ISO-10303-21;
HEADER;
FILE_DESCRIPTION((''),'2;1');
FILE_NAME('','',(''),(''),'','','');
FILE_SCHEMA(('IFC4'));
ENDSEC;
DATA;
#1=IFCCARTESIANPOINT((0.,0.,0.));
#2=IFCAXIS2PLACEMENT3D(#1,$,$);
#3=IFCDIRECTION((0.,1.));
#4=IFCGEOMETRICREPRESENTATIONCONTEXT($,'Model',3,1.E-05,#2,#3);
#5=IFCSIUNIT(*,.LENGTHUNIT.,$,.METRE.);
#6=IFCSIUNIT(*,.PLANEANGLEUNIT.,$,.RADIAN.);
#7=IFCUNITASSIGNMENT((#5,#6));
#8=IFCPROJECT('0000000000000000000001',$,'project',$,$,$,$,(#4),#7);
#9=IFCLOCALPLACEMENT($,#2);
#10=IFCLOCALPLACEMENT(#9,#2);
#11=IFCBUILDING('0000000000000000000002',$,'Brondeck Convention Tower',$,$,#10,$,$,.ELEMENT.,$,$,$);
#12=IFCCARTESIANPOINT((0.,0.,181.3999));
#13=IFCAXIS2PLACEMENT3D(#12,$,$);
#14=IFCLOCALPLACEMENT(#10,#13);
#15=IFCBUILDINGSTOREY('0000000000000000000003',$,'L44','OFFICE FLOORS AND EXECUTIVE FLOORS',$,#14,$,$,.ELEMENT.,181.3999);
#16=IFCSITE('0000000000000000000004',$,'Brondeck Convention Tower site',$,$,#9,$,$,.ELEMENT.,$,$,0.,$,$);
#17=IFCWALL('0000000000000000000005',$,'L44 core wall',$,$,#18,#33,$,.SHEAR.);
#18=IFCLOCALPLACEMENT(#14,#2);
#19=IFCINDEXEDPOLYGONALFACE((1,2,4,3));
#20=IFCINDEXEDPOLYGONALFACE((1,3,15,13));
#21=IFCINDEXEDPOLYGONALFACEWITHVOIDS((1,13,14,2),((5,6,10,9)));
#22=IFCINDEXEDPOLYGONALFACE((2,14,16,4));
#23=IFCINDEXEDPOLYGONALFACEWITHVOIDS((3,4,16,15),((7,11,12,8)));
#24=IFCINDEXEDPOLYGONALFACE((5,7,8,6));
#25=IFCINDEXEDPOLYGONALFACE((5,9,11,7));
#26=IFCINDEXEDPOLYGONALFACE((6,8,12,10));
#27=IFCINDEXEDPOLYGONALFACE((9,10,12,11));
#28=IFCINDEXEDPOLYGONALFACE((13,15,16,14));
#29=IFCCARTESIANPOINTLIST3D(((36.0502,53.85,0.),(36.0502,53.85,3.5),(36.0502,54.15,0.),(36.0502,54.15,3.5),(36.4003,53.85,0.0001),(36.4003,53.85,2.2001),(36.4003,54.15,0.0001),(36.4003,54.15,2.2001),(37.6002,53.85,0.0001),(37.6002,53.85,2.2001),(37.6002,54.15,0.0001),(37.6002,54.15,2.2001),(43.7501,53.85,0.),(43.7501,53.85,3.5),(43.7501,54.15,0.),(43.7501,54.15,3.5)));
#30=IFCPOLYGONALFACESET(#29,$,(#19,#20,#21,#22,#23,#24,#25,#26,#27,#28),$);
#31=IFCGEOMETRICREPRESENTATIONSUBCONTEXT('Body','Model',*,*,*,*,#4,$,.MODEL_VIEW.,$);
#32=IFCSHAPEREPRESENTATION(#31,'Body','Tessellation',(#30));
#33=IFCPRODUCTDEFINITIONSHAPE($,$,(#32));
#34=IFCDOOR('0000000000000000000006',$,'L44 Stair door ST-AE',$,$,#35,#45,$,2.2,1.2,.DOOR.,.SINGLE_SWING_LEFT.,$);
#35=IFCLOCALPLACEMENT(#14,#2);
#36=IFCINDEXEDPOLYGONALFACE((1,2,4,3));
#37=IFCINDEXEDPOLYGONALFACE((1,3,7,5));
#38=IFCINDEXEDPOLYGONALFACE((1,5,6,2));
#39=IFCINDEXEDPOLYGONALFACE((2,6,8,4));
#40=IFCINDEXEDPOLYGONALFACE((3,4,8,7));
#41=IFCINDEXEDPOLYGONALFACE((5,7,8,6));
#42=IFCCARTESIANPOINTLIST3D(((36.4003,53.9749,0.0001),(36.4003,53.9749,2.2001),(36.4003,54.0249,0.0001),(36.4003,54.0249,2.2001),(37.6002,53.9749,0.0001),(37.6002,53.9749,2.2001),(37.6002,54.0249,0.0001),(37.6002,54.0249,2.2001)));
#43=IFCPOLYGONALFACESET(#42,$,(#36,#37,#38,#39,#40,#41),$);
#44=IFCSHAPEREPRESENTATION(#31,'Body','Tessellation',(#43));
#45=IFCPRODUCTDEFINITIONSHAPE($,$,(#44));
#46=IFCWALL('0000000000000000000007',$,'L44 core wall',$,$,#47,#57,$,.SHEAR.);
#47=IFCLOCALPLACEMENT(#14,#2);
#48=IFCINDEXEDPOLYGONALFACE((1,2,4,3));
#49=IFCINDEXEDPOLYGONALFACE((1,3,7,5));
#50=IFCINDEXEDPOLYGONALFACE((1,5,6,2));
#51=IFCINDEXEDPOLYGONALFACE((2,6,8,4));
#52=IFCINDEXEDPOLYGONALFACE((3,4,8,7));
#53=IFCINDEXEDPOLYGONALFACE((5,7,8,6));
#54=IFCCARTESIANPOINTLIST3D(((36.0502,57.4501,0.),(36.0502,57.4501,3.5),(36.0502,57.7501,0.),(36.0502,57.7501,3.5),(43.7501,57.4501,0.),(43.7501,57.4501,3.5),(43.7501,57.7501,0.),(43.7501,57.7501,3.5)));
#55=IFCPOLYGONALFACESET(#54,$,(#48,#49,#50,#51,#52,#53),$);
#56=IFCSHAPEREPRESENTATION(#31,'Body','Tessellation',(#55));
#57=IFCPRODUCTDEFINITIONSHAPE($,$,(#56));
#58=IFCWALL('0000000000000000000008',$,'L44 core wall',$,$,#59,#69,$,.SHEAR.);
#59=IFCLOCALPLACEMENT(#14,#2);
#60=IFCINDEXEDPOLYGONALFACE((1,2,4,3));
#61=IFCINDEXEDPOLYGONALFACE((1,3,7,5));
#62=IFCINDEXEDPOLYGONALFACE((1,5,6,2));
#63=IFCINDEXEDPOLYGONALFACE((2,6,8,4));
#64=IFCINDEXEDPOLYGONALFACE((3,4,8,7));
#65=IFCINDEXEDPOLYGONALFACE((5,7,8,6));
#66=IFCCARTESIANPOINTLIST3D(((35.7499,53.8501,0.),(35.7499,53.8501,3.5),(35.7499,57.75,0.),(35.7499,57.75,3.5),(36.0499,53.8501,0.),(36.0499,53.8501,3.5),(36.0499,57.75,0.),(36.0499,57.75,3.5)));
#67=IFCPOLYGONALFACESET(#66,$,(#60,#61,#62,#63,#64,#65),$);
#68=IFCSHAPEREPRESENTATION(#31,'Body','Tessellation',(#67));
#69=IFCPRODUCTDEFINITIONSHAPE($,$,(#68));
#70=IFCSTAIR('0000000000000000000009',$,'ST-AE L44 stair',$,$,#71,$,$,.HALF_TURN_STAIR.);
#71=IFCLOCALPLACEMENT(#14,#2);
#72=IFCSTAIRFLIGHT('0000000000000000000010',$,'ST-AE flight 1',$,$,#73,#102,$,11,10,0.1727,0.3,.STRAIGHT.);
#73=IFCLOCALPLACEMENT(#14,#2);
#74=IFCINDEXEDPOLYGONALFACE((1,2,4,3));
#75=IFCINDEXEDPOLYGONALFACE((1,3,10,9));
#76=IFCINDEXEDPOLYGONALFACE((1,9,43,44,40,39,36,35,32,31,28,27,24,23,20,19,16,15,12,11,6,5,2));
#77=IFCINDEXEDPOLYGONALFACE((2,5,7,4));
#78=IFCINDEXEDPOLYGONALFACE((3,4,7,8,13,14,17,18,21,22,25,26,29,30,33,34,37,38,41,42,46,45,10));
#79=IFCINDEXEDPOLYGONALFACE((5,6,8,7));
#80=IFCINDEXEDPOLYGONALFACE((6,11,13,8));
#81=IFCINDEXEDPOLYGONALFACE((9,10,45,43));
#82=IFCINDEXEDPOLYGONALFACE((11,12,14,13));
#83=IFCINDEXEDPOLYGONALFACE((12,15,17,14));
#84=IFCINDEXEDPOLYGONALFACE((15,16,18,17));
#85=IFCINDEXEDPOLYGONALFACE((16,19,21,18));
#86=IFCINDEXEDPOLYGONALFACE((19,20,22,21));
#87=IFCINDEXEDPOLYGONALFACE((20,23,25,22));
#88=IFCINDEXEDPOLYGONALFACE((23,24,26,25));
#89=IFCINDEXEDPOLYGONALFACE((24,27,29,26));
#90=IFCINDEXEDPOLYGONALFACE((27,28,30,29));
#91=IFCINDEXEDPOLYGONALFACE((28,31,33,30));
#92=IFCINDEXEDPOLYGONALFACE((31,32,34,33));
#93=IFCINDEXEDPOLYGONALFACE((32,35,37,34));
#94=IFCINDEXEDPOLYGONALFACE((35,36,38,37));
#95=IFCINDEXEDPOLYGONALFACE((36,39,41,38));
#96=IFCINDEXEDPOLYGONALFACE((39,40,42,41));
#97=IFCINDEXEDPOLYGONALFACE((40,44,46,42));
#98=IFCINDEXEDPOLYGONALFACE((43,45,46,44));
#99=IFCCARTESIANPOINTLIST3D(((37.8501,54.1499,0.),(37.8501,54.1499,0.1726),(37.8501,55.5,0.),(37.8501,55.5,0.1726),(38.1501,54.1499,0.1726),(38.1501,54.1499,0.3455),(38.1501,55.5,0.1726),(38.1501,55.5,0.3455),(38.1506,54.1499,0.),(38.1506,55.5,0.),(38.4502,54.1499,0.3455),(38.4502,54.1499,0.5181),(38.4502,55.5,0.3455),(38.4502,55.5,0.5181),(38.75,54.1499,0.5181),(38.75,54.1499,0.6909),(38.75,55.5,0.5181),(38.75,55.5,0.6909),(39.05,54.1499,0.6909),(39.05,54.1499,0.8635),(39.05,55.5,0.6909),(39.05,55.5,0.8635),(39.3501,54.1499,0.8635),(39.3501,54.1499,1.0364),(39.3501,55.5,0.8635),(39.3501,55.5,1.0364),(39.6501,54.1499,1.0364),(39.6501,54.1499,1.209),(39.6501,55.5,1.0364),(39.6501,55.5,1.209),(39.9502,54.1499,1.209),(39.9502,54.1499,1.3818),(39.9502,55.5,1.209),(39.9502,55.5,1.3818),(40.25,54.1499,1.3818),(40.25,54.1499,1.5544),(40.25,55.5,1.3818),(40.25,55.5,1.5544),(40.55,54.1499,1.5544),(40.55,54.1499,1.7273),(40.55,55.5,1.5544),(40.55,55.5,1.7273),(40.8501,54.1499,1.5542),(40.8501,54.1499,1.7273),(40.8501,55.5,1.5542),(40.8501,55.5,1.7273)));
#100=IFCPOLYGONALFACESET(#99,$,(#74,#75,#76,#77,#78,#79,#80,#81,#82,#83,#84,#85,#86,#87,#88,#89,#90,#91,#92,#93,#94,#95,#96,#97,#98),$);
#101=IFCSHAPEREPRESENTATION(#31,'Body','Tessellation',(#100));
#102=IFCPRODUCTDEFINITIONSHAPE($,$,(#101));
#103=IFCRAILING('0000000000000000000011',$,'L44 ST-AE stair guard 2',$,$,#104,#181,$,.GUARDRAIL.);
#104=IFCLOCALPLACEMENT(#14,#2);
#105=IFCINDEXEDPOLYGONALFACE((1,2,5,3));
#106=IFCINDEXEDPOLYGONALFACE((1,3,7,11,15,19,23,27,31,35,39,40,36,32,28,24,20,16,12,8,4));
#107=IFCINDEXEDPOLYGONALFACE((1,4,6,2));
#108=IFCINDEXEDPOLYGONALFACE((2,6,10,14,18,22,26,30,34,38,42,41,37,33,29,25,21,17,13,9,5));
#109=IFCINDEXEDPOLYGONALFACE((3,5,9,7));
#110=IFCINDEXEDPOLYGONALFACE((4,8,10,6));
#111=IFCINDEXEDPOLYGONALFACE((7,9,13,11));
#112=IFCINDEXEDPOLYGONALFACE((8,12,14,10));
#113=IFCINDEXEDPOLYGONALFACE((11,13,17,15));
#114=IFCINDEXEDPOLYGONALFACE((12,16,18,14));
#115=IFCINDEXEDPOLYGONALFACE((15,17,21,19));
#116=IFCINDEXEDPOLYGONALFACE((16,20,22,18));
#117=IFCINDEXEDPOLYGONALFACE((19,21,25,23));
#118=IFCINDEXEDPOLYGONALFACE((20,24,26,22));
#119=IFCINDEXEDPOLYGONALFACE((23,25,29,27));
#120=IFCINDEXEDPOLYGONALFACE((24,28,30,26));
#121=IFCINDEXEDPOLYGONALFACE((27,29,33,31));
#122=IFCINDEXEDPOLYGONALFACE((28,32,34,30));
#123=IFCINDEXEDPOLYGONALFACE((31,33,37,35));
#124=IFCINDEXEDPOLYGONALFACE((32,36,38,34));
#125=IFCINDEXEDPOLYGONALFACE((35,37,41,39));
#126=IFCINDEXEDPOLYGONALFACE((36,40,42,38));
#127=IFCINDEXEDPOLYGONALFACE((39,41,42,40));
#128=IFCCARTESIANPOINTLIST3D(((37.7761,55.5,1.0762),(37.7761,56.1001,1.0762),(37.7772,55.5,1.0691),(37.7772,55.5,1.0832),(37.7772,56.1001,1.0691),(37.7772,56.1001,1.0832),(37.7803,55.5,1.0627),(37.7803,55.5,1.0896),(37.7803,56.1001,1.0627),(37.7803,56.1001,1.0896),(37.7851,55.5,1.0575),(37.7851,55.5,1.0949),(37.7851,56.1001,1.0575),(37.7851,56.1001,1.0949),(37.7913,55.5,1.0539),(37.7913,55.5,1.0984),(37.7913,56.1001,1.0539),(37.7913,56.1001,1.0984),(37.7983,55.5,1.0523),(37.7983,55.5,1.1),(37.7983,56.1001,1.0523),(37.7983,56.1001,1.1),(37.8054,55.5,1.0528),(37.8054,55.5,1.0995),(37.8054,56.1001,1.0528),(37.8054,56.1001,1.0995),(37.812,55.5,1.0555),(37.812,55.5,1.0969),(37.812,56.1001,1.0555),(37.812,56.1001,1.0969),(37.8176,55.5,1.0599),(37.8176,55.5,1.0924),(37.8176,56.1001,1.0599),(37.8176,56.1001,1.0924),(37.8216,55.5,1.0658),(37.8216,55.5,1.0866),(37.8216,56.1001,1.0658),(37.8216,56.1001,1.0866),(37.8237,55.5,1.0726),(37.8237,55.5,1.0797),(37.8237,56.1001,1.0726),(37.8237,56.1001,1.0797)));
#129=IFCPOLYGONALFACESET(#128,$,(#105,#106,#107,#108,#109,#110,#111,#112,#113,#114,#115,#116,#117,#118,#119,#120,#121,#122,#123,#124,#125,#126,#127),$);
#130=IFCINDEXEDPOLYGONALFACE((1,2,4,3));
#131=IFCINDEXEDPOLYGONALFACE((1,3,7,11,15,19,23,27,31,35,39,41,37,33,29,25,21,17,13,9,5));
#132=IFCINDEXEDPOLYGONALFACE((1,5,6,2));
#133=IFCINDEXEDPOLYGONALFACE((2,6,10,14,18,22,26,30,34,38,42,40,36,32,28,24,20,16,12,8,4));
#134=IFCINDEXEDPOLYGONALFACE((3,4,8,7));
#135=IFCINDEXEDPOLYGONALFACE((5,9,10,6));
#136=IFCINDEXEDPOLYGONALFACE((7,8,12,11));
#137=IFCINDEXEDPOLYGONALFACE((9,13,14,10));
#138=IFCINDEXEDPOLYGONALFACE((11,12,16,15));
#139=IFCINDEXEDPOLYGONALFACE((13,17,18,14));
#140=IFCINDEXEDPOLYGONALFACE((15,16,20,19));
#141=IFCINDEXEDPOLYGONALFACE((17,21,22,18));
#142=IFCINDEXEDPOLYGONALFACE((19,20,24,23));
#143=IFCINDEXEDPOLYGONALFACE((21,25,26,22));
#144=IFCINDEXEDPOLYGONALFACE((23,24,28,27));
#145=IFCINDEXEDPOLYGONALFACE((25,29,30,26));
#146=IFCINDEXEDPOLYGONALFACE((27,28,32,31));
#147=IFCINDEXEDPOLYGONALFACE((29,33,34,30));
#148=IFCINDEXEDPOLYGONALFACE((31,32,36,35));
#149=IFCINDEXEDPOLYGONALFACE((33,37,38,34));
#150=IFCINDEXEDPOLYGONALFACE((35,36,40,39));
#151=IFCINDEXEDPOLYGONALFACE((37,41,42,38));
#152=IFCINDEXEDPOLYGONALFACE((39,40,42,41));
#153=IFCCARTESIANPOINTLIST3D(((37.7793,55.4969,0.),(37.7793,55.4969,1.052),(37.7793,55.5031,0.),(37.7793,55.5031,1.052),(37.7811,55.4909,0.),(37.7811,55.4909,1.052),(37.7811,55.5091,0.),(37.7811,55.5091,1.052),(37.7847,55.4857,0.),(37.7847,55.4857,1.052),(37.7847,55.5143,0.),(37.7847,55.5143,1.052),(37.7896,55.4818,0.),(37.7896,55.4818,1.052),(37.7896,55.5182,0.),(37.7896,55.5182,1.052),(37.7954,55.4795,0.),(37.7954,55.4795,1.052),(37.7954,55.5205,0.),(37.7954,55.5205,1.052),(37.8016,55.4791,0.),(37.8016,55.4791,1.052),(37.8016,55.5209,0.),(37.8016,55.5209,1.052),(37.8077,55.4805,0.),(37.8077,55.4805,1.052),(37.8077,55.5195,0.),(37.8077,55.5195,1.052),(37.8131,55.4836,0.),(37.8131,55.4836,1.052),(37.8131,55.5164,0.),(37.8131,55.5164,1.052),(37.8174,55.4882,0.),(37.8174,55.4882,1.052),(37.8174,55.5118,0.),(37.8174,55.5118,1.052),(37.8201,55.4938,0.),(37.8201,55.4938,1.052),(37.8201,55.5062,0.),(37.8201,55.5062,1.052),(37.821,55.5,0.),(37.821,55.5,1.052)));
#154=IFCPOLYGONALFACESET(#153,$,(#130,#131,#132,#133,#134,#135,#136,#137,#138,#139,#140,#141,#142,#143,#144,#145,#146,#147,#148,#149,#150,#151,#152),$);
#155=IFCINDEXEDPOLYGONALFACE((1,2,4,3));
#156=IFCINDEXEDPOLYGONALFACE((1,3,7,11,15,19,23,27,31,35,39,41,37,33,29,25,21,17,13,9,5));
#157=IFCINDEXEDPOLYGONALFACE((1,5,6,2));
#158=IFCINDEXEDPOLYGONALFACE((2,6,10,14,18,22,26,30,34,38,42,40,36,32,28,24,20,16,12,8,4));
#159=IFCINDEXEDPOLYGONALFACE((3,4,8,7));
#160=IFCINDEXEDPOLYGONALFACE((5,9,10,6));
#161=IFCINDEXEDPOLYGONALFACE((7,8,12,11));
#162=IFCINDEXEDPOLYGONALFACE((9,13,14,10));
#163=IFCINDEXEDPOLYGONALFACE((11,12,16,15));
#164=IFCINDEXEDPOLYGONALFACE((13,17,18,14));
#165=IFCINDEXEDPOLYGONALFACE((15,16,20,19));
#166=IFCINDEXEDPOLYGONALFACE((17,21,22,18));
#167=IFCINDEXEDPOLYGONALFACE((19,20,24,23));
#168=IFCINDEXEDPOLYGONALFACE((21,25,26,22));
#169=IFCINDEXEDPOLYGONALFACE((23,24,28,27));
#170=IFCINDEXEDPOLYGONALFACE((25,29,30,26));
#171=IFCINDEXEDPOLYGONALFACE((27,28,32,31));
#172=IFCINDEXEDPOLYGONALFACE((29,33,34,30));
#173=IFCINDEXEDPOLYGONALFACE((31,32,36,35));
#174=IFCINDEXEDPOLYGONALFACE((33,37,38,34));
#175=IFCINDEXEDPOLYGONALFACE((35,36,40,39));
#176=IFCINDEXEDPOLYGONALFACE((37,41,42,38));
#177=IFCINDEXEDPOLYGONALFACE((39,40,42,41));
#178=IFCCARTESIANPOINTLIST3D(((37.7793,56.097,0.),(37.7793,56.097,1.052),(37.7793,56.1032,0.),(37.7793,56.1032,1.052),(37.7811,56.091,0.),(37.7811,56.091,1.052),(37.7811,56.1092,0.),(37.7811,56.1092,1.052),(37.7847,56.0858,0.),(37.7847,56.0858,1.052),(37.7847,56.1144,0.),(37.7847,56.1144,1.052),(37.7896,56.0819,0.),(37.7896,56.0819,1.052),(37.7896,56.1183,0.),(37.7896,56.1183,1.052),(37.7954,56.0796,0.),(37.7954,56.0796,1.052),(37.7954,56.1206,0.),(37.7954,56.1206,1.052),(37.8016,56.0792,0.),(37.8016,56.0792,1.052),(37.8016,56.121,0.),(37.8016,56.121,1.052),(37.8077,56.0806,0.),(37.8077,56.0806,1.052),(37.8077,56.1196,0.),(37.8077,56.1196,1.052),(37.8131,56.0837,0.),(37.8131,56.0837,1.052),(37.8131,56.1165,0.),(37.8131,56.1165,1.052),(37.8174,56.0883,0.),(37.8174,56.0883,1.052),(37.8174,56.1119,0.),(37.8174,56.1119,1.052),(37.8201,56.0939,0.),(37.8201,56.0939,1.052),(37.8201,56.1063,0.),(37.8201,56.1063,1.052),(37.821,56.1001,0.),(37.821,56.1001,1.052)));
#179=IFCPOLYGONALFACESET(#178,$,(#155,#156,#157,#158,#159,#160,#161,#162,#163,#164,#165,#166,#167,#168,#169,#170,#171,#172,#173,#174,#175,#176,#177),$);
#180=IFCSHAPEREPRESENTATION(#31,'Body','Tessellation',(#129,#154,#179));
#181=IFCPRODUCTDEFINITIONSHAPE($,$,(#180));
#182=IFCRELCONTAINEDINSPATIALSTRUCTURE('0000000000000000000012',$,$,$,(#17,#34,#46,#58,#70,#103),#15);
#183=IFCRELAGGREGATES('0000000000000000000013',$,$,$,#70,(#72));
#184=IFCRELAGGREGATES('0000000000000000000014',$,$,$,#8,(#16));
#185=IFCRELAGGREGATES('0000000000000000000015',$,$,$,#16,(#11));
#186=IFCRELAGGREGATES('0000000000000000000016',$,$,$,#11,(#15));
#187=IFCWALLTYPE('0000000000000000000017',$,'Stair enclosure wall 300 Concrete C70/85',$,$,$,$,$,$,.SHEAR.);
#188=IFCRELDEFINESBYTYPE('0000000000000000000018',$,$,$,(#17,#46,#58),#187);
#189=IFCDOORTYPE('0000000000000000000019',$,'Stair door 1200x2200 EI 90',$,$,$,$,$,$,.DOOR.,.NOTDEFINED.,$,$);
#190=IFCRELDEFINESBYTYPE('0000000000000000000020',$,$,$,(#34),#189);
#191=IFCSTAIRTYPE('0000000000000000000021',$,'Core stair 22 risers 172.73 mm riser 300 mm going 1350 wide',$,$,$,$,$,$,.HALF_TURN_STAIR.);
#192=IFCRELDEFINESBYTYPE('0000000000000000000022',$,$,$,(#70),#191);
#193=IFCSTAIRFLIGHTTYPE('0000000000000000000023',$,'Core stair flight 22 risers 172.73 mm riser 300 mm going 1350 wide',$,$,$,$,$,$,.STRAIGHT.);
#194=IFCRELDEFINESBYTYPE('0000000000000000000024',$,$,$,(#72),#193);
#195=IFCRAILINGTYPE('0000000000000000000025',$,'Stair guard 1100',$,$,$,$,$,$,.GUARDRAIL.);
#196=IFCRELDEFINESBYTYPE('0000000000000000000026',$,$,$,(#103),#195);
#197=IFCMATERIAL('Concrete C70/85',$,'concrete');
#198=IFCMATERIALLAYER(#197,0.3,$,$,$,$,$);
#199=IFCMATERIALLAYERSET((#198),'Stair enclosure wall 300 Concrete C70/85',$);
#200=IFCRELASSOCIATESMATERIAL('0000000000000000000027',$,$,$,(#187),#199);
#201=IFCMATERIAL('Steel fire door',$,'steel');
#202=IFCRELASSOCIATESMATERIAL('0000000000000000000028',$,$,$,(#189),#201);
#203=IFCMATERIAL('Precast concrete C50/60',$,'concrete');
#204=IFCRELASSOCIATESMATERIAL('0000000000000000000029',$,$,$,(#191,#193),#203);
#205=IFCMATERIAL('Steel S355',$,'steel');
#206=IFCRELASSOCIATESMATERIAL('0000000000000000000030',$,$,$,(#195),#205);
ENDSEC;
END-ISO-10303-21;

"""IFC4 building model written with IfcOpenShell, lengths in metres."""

from ifc_helpers import new_model, si_unit, direction, frame, frame_2d, origin, origin_2d, place, context, subcontext, project, spatial, polyline, rectangle, circle, outline, extrude, material, layer, layer_set, type_object, element, fill, aggregate, save


model = new_model("IFC4")

# Units and contexts
model_context = context("Model", 3, precision=1e-05, world=origin(), true_north=direction((0.0, 1.0)))
body_context = subcontext(model_context, "Body", "Model", "MODEL_VIEW")
ifc_project = project(units=[si_unit("LENGTHUNIT", "METRE"), si_unit("PLANEANGLEUNIT", "RADIAN")], contexts=[model_context])

# Site, building, storey
site_placement = place(None, origin())
site = spatial("IfcSite", under=ifc_project, at=site_placement, Name="Brondeck Convention Tower site", CompositionType="ELEMENT", RefElevation=0.0)
building_placement = place(site_placement, origin())
building = spatial("IfcBuilding", under=site, at=building_placement, Name="Brondeck Convention Tower", CompositionType="ELEMENT")
storey_placement = place(building_placement, frame((0.0, 0.0, 181.3999)))
storey = spatial("IfcBuildingStorey", under=building, at=storey_placement, Name="L44", Description="OFFICE FLOORS AND EXECUTIVE FLOORS", CompositionType="ELEMENT", Elevation=181.3999)

# Shared definitions
ifc_material_1 = material(Name="Concrete C70/85", Category="concrete")

# Shared definitions
ifc_material_2 = material(Name="Steel S355", Category="steel")

# Wall, opening, door
ifc_layer_1 = layer(ifc_material_1, 0.3)
ifc_layer_set_1 = layer_set([ifc_layer_1], Name="Stair enclosure wall 300 Concrete C70/85")
wall_type_1 = type_object("IfcWallType", Name="Stair enclosure wall 300 Concrete C70/85", PredefinedType="SHEAR", material=ifc_layer_set_1)
wall_1_placement = place(storey_placement, frame((36.05, 54.0, 0.0), z_axis=(0.0, 0.0, 1.0), x_axis=(1.0, 0.0, 0.0)))
wall_1 = element("IfcWall", 1, at=wall_1_placement, inside=storey, type_object=wall_type_1, Name="L44 core wall", PredefinedType="SHEAR", context=body_context, shape_type="SweptSolid", body=[
    extrude(rectangle(XDim=7.7, YDim=0.3, at=frame_2d((3.8501, 0.0))), origin(), (0.0, 0.0, 1.0), 3.5),
])
opening_1_placement = place(wall_1_placement, frame((0.3501, 0.0, 0.0)))
opening_1 = element("IfcOpeningElement", 2, at=opening_1_placement, cuts=wall_1, PredefinedType="OPENING", context=body_context, shape_type="SweptSolid", body=[
    extrude(rectangle(XDim=1.2, YDim=2.2, at=frame_2d((0.6001, 1.1001))), frame((0.0, 0.1599, 0.0), z_axis=(0.0, -1.0, 0.0), x_axis=(1.0, 0.0, 0.0)), (0.0, 0.0, 1.0), 0.3201),
])
ifc_material_3 = material(Name="Steel fire door", Category="steel")
door_type = type_object("IfcDoorType", Name="Stair door 1200x2200 EI 90", OperationType="NOTDEFINED", PredefinedType="DOOR", material=ifc_material_3)
door_placement = place(opening_1_placement, origin())
door = element("IfcDoor", 3, at=door_placement, inside=storey, type_object=door_type, Name="L44 Stair door ST-AE", OperationType="SINGLE_SWING_LEFT", OverallHeight=2.2, OverallWidth=1.2, PredefinedType="DOOR", context=body_context, shape_type="SweptSolid", body=[
    extrude(rectangle(XDim=1.2, YDim=2.2, at=frame_2d((0.6001, 1.1001))), frame((0.0, 0.0249, 0.0), z_axis=(0.0, -1.0, 0.0), x_axis=(1.0, 0.0, 0.0)), (0.0, 0.0, 1.0), 0.05),
])
fill(opening_1, door)

# Walls
wall_2_placement = place(storey_placement, frame((36.05, 57.6001, 0.0), z_axis=(0.0, 0.0, 1.0), x_axis=(1.0, 0.0, 0.0)))
element("IfcWall", 4, at=wall_2_placement, inside=storey, type_object=wall_type_1, Name="L44 core wall", PredefinedType="SHEAR", context=body_context, shape_type="SweptSolid", body=[
    extrude(rectangle(XDim=7.7, YDim=0.3, at=frame_2d((3.8501, 0.0))), origin(), (0.0, 0.0, 1.0), 3.5),
])
wall_3_placement = place(storey_placement, frame((35.8999, 53.8501, 0.0), z_axis=(0.0, 0.0, 1.0), x_axis=(0.0, 1.0, 0.0)))
element("IfcWall", 5, at=wall_3_placement, inside=storey, type_object=wall_type_1, Name="L44 core wall", PredefinedType="SHEAR", context=body_context, shape_type="SweptSolid", body=[
    extrude(rectangle(XDim=3.8999, YDim=0.3, at=frame_2d((1.95, 0.0))), origin(), (0.0, 0.0, 1.0), 3.5),
])

# Stair, stair flight
ifc_material_4 = material(Name="Precast concrete C50/60", Category="concrete")
stair_type = type_object("IfcStairType", Name="Core stair 22 risers 172.73 mm riser 300 mm going 1350 wide", PredefinedType="HALF_TURN_STAIR", material=ifc_material_4)
stair_placement = place(storey_placement, origin())
stair = element("IfcStair", 6, at=stair_placement, inside=storey, type_object=stair_type, Name="ST-AE L44 stair", PredefinedType="HALF_TURN_STAIR")
stair_flight_type = type_object("IfcStairFlightType", Name="Core stair flight 22 risers 172.73 mm riser 300 mm going 1350 wide", PredefinedType="STRAIGHT", material=ifc_material_4)
stair_flight_placement = place(storey_placement, frame((37.8501, 54.825, 0.0), z_axis=(0.0, 0.0, 1.0), x_axis=(1.0, 0.0, 0.0)))
stair_flight = element("IfcStairFlight", 7, at=stair_flight_placement, type_object=stair_flight_type, Name="ST-AE flight 1", NumberOfRisers=11, NumberOfTreads=10, PredefinedType="STRAIGHT", RiserHeight=0.1727, TreadLength=0.3, context=body_context, shape_type="SweptSolid", body=[
    extrude(outline(polyline([(0.0, 0.0), (0.0, 0.1726), (0.3, 0.1726), (0.3, 0.3455), (0.6001, 0.3455), (0.6001, 0.5181), (0.8999, 0.5181), (0.8999, 0.6909), (1.2, 0.6909), (1.2, 0.8635), (1.5, 0.8635), (1.5, 1.0364), (1.8, 1.0364), (1.8, 1.209), (2.1001, 1.209), (2.1001, 1.3818), (2.3999, 1.3818), (2.3999, 1.5544), (2.7, 1.5544), (2.7, 1.7273), (3.0, 1.7273), (3.0, 1.8999), (3.0, 1.5542), (0.3005, 0.0), (0.0, 0.0)])), frame((0.0, 0.675, 0.0), z_axis=(0.0, -1.0, 0.0), x_axis=(1.0, 0.0, 0.0)), (0.0, 0.0, 1.0), 1.3501),
])
aggregate(stair, [stair_flight])

# Railing
railing_type_1 = type_object("IfcRailingType", Name="Stair guard 1100", PredefinedType="GUARDRAIL", material=ifc_material_2)
railing_1_placement = place(storey_placement, frame((37.8, 55.5, 0.0)))
element("IfcRailing", 8, at=railing_1_placement, inside=storey, type_object=railing_type_1, Name="L44 ST-AE stair guard 2", PredefinedType="GUARDRAIL", context=body_context, shape_type="SweptSolid", body=[
    extrude(circle(Radius=0.0239, at=origin_2d()), frame((0.0, 0.0, 1.0762), z_axis=(0.0, 1.0, 0.0), x_axis=(-1.0, 0.0, 0.0)), (0.0, 0.0, 1.0), 0.6001),
    extrude(circle(Radius=0.021, at=origin_2d()), origin(), (0.0, 0.0, 1.0), 1.052),
    extrude(circle(Radius=0.021, at=origin_2d()), frame((0.0, 0.6001, 0.0)), (0.0, 0.0, 1.0), 1.052),
])

save(model, "model.ifc")
